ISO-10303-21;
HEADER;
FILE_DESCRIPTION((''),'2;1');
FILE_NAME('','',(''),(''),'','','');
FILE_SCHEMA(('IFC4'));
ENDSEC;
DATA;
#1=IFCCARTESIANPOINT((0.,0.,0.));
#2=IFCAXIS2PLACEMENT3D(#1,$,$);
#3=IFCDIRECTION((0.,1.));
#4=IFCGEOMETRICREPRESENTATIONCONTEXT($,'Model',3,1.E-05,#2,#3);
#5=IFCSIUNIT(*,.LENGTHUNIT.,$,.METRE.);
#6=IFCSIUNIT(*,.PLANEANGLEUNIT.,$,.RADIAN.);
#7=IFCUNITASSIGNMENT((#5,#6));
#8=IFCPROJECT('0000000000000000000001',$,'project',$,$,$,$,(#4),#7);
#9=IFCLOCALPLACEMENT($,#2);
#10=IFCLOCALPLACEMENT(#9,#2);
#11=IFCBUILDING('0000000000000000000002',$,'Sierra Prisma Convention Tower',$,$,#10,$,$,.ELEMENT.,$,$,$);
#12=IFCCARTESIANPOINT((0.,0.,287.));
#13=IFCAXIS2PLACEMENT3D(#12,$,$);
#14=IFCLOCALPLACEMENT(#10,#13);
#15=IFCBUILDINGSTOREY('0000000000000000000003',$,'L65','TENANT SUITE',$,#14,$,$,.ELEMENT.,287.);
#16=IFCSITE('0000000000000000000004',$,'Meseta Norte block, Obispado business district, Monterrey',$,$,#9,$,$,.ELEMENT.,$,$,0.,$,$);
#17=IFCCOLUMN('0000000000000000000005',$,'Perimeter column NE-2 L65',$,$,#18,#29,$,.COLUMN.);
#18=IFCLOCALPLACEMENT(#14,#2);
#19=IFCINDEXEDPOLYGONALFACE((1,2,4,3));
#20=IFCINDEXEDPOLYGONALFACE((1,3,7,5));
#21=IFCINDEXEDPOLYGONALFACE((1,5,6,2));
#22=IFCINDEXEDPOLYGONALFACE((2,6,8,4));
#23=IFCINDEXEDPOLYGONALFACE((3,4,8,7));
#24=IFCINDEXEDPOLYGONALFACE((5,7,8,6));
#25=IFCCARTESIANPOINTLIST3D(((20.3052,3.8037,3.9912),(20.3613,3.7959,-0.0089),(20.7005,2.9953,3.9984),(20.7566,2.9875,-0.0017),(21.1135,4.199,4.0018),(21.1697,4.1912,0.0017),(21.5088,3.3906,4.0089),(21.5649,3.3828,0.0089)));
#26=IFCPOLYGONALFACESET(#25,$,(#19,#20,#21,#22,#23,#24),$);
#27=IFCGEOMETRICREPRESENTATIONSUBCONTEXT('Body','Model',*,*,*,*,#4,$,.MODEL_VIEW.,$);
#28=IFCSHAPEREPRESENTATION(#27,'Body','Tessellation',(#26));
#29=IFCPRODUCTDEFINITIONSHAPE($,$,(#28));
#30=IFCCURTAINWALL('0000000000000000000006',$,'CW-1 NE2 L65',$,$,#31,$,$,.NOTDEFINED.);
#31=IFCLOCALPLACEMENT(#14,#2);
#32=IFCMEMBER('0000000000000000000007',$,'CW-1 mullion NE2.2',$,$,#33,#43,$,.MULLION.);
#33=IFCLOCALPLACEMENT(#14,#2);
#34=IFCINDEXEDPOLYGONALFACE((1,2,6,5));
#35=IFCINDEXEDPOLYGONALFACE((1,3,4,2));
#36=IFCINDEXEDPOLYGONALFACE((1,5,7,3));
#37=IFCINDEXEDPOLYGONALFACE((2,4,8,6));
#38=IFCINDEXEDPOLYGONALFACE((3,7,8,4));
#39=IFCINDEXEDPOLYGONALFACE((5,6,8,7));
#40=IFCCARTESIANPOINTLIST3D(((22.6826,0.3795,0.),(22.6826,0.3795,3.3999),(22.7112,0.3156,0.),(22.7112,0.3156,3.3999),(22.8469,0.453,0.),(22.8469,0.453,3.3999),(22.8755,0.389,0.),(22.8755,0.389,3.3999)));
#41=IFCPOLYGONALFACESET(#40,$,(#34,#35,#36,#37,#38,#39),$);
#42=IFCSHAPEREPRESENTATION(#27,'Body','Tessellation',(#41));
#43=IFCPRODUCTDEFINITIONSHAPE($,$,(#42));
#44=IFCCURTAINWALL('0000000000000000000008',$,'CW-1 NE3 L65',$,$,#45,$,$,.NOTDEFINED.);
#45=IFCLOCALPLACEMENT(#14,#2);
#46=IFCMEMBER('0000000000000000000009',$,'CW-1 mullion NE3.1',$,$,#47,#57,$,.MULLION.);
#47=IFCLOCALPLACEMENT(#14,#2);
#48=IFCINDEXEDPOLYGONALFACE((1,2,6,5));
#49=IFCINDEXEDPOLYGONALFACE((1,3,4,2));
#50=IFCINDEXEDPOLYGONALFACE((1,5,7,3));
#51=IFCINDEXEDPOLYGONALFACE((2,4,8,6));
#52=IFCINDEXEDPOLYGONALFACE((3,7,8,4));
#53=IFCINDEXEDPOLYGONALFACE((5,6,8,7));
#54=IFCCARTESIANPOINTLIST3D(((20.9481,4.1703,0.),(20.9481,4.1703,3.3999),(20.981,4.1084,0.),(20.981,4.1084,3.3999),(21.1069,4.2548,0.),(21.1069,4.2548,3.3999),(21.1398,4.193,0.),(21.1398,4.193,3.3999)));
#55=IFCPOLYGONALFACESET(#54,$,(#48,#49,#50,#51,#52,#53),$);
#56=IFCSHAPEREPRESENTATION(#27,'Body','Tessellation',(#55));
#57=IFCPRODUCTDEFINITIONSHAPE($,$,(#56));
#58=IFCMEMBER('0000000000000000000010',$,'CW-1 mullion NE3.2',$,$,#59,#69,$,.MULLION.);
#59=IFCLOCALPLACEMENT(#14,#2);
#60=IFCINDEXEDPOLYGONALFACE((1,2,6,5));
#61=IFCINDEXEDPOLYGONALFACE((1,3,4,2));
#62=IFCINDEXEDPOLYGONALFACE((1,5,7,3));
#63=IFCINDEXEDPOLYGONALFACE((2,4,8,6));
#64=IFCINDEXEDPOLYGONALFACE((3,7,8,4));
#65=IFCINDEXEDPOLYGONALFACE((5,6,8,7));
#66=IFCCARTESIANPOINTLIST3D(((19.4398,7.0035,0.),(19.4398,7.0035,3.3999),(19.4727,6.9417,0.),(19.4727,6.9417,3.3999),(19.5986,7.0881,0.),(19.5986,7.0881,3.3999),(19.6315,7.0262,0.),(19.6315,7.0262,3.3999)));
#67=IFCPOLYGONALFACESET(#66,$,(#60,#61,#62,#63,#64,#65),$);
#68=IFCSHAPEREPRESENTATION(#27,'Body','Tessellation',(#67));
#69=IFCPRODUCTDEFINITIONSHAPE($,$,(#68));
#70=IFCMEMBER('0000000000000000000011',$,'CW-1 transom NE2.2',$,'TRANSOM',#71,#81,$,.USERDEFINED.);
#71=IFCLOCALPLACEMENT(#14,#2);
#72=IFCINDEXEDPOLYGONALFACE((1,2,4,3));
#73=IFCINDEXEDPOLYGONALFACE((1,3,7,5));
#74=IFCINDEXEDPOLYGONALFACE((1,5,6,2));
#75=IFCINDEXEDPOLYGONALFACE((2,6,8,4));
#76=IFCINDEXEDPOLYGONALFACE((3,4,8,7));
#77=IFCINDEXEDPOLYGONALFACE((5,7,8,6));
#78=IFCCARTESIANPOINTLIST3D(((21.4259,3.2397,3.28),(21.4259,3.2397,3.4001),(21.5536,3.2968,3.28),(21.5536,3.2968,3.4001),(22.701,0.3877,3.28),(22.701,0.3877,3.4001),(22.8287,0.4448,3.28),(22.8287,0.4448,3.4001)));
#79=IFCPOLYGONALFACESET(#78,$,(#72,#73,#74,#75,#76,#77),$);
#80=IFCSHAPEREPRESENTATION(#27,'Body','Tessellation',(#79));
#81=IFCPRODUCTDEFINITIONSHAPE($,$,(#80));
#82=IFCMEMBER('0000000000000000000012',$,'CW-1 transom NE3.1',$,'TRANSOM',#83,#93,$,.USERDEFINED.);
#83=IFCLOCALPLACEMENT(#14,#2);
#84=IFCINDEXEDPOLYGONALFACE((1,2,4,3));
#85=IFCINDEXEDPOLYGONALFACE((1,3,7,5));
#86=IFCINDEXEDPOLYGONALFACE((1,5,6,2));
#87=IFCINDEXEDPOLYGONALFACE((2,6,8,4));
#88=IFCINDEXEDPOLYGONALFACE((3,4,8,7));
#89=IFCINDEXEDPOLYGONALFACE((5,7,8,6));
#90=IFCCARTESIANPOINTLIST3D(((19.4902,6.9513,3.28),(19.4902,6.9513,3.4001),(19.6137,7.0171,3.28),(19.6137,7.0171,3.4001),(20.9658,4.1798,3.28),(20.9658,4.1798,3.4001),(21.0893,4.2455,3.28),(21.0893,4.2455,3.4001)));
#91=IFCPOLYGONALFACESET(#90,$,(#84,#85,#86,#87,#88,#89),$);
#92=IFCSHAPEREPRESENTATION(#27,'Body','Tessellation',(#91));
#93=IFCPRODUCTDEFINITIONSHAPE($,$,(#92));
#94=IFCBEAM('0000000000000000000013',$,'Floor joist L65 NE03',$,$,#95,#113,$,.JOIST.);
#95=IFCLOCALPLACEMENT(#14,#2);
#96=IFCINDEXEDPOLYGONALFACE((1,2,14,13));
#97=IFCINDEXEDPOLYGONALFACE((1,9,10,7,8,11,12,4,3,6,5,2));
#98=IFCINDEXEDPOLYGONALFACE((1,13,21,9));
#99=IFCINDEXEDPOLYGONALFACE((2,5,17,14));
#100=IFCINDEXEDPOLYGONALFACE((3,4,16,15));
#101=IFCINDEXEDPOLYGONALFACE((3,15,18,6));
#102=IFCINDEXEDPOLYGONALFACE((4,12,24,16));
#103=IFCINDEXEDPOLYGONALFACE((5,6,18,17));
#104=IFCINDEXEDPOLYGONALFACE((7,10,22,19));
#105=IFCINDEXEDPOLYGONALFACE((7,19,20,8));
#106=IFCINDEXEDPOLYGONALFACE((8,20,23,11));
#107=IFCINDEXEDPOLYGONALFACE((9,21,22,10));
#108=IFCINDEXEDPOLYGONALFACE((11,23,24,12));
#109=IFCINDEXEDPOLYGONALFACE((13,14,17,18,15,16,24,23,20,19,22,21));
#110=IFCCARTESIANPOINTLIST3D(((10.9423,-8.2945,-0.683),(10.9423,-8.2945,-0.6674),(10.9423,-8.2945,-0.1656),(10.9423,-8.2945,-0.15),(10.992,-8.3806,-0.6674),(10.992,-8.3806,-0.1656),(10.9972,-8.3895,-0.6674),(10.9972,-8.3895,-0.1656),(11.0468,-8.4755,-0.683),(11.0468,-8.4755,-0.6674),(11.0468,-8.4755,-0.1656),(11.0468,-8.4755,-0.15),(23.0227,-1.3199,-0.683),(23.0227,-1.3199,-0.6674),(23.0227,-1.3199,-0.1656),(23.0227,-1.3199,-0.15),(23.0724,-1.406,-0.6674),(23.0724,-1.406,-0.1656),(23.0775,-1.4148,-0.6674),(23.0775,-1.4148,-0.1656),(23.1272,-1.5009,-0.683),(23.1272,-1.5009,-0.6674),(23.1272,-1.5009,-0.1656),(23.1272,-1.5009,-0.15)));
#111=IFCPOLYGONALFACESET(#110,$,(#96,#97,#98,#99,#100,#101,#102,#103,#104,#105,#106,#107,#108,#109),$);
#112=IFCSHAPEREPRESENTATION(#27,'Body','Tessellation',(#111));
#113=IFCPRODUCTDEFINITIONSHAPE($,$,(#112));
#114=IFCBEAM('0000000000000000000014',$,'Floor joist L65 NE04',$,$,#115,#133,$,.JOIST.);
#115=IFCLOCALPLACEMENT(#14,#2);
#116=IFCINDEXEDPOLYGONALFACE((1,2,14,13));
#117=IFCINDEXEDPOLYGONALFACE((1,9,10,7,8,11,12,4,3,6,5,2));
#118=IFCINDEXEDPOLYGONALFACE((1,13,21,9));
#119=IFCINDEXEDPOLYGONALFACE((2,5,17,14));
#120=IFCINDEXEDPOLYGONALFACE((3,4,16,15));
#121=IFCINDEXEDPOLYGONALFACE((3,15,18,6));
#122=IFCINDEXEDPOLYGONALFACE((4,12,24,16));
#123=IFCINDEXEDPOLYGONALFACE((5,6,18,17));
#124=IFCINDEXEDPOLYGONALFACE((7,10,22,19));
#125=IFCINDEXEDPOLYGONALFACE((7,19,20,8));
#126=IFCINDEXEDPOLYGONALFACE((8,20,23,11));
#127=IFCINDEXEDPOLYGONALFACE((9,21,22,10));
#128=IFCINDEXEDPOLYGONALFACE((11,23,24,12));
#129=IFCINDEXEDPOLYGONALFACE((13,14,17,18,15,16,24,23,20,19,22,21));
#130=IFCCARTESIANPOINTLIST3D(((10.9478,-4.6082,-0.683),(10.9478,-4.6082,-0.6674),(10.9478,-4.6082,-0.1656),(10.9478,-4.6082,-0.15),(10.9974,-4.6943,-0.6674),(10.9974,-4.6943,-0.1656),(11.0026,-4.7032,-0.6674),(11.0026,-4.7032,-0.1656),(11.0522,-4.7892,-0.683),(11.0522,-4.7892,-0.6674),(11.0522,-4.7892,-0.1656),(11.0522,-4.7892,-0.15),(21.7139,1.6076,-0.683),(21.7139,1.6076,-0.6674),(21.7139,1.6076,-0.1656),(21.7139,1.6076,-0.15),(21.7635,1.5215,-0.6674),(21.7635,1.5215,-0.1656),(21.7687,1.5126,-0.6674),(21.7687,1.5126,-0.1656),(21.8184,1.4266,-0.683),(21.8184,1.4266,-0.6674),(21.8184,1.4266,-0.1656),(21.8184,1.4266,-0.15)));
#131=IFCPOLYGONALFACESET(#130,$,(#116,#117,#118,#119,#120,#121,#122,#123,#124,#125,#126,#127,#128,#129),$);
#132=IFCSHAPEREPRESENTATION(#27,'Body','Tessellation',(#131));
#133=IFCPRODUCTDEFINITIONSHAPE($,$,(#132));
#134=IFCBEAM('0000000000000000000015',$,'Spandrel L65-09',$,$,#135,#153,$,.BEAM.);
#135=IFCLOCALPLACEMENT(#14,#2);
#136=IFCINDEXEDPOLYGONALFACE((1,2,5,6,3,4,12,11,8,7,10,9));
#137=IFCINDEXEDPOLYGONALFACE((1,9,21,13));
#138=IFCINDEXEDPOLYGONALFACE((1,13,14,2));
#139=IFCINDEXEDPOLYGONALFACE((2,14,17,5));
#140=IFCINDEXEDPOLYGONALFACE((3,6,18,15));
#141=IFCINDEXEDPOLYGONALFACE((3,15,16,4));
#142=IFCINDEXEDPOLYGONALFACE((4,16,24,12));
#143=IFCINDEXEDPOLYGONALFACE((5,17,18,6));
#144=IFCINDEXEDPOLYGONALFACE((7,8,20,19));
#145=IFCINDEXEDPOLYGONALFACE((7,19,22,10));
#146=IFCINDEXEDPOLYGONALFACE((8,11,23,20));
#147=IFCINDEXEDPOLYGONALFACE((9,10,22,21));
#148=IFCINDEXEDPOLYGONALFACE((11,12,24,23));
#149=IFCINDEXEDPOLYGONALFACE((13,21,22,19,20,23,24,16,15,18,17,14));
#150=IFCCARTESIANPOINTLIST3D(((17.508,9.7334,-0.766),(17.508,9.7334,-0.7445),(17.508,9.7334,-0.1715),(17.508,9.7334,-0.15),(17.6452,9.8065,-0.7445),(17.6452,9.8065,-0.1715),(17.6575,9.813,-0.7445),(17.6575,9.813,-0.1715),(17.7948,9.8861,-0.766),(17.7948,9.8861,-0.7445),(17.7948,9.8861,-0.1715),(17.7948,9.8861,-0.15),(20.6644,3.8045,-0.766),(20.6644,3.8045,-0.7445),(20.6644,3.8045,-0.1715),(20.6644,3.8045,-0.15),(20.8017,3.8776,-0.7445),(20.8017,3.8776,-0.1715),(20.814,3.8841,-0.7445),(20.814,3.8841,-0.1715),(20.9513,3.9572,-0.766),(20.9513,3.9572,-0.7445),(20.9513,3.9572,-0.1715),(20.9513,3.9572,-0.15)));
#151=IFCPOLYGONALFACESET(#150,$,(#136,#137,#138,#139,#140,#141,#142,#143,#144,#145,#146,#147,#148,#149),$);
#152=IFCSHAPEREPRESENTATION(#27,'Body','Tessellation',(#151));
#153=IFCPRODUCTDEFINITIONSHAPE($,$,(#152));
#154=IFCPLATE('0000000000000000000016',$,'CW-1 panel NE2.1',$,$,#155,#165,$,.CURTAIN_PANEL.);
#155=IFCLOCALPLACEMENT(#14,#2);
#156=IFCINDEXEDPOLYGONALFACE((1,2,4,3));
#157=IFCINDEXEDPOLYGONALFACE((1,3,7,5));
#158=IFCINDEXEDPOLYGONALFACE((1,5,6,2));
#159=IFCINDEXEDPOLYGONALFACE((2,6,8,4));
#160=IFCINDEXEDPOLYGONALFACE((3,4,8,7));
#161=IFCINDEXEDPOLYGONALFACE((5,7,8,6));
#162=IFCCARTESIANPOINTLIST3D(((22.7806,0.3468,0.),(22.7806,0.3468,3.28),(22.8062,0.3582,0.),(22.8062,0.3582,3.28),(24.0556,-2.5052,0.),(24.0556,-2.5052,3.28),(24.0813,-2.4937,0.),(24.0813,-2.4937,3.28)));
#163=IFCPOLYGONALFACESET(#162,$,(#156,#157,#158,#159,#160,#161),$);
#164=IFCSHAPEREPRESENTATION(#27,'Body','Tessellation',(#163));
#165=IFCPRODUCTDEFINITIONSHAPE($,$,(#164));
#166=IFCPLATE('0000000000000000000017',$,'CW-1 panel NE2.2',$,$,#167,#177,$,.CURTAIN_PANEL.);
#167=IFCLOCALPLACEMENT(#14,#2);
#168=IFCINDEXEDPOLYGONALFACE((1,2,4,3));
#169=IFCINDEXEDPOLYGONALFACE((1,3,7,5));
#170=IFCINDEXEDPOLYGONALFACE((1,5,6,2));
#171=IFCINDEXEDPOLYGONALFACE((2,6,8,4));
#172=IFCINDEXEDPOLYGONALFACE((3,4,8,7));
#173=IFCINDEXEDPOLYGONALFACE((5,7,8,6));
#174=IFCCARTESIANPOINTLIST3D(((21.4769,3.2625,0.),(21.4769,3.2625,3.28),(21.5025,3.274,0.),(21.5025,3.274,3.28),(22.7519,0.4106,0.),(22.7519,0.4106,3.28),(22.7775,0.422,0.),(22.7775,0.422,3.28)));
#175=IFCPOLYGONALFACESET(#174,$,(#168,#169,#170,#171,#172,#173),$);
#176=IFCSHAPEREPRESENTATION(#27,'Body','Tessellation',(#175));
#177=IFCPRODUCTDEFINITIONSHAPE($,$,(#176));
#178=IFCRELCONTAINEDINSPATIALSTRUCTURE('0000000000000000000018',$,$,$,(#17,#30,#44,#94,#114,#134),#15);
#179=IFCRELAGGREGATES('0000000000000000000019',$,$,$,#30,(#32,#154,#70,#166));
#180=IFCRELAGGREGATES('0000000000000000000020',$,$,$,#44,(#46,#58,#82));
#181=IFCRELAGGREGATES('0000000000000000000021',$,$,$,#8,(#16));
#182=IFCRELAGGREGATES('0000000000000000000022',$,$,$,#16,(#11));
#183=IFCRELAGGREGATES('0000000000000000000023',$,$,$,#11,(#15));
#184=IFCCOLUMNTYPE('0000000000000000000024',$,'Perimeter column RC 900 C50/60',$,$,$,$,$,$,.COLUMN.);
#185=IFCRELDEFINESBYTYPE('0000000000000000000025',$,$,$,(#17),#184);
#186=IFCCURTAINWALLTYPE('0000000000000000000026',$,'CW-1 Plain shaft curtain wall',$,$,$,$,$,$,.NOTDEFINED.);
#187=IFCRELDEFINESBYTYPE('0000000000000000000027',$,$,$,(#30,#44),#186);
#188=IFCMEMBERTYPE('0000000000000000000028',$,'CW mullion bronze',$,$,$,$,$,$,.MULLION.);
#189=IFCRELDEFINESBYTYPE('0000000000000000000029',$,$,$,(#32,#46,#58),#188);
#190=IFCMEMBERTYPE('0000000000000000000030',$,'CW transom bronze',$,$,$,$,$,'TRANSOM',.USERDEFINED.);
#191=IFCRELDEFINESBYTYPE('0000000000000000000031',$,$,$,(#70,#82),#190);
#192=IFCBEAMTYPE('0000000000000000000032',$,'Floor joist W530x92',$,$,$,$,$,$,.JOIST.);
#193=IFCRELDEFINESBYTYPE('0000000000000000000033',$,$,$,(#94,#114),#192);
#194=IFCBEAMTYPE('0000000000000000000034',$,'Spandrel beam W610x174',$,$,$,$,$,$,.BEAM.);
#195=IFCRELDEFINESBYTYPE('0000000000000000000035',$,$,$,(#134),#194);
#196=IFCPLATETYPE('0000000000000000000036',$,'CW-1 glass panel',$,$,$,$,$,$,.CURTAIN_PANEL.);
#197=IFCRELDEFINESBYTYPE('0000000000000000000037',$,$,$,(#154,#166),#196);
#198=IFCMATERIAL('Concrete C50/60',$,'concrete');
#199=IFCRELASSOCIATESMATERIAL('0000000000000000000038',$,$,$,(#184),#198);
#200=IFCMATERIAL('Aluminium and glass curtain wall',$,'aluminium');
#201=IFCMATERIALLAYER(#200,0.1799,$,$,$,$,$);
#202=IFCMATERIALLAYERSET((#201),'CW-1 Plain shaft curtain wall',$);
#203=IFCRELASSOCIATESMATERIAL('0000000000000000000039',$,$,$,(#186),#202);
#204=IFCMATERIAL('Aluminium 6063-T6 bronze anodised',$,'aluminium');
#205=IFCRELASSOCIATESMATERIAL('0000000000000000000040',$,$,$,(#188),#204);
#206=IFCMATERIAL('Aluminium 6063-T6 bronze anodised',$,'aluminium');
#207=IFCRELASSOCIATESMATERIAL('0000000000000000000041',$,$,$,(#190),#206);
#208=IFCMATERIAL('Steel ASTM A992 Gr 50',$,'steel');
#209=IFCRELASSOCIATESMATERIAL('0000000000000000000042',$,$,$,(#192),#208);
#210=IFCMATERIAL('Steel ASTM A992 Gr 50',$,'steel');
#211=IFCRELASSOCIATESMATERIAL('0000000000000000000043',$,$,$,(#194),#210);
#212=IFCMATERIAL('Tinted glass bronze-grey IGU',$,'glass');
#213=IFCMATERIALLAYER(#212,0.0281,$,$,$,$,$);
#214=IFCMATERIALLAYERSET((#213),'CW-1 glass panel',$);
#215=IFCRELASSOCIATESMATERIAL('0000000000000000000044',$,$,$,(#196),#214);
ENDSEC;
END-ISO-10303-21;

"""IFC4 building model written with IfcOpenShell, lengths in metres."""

from ifc_helpers import new_model, si_unit, direction, frame, origin, origin_2d, place, context, subcontext, project, spatial, rectangle, i_section, extrude, material, layer, layer_set, material_profile, profile_set, type_object, element, aggregate, save


model = new_model("IFC4")

# Units and contexts
model_context = context("Model", 3, precision=1e-05, world=origin(), true_north=direction((0.0, 1.0)))
body_context = subcontext(model_context, "Body", "Model", "MODEL_VIEW")
ifc_project = project(units=[si_unit("LENGTHUNIT", "METRE"), si_unit("PLANEANGLEUNIT", "RADIAN")], contexts=[model_context])

# Site, building, storey
site_placement = place(None, origin())
site = spatial("IfcSite", under=ifc_project, at=site_placement, Name="Meseta Norte block, Obispado business district, Monterrey", CompositionType="ELEMENT", RefElevation=0.0)
building_placement = place(site_placement, origin())
building = spatial("IfcBuilding", under=site, at=building_placement, Name="Sierra Prisma Convention Tower", CompositionType="ELEMENT")
storey_placement = place(building_placement, frame((0.0, 0.0, 287.0)))
storey = spatial("IfcBuildingStorey", under=building, at=storey_placement, Name="L65", Description="TENANT SUITE", CompositionType="ELEMENT", Elevation=287.0)

# Column
ifc_material_1 = material(Name="Concrete C50/60", Category="concrete")
ifc_material_profile_1 = material_profile(ifc_material_1, rectangle(XDim=0.8999, YDim=0.8999, at=origin_2d()), Name="Perimeter column RC 900 C50/60")
ifc_profile_set_1 = profile_set([ifc_material_profile_1], Name="Concrete C50/60")
column_type = type_object("IfcColumnType", Name="Perimeter column RC 900 C50/60", PredefinedType="COLUMN", material=ifc_profile_set_1)
column_placement = place(storey_placement, frame((20.9631, 3.5894, 0.0), z_axis=(-0.014037, 0.001953, 0.9999), x_axis=(-0.439252, 0.898329, -0.007921)))
element("IfcColumn", 1, at=column_placement, inside=storey, type_object=column_type, Name="Perimeter column NE-2 L65", PredefinedType="COLUMN", context=body_context, shape_type="SweptSolid", body=[
    extrude(rectangle(XDim=0.8999, YDim=0.8999, at=origin_2d()), origin(), (0.0, 0.0, 1.0), 4.0005),
])

# Curtain wall, member
ifc_material_2 = material(Name="Aluminium and glass curtain wall", Category="aluminium")
ifc_layer_1 = layer(ifc_material_2, 0.1799)
ifc_layer_set_1 = layer_set([ifc_layer_1], Name="CW-1 Plain shaft curtain wall")
curtain_wall_type = type_object("IfcCurtainWallType", Name="CW-1 Plain shaft curtain wall", PredefinedType="NOTDEFINED", material=ifc_layer_set_1)
curtain_wall_1_placement = place(storey_placement, origin())
curtain_wall_1 = element("IfcCurtainWall", 2, at=curtain_wall_1_placement, inside=storey, type_object=curtain_wall_type, Name="CW-1 NE2 L65", PredefinedType="NOTDEFINED")
ifc_material_3 = material(Name="Aluminium 6063-T6 bronze anodised", Category="aluminium")
ifc_material_profile_2 = material_profile(ifc_material_3, rectangle(XDim=0.1799, YDim=0.0701, at=origin_2d()), Name="ALU MULLION 70x180")
ifc_profile_set_2 = profile_set([ifc_material_profile_2], Name="Aluminium 6063-T6 bronze anodised")
member_type_1 = type_object("IfcMemberType", Name="CW mullion bronze", PredefinedType="MULLION", material=ifc_profile_set_2)
member_1_placement = place(storey_placement, frame((22.7791, 0.3843, 0.0), z_axis=(0.0, 0.0, 1.0), x_axis=(-0.912917, -0.408145, 0.0)))
member_1 = element("IfcMember", 3, at=member_1_placement, type_object=member_type_1, Name="CW-1 mullion NE2.2", PredefinedType="MULLION", context=body_context, shape_type="SweptSolid", body=[
    extrude(rectangle(XDim=0.1799, YDim=0.0701, at=origin_2d()), origin(), (0.0, 0.0, 1.0), 3.3999),
])

# Curtain wall, members
curtain_wall_2_placement = place(storey_placement, origin())
curtain_wall_2 = element("IfcCurtainWall", 4, at=curtain_wall_2_placement, inside=storey, type_object=curtain_wall_type, Name="CW-1 NE3 L65", PredefinedType="NOTDEFINED")
member_2_placement = place(storey_placement, frame((21.0439, 4.1816, 0.0), z_axis=(0.0, 0.0, 1.0), x_axis=(-0.882706, -0.469925, 0.0)))
member_2 = element("IfcMember", 5, at=member_2_placement, type_object=member_type_1, Name="CW-1 mullion NE3.1", PredefinedType="MULLION", context=body_context, shape_type="SweptSolid", body=[
    extrude(rectangle(XDim=0.1799, YDim=0.0701, at=origin_2d()), origin(), (0.0, 0.0, 1.0), 3.3999),
])
member_3_placement = place(storey_placement, frame((19.5356, 7.0149, 0.0), z_axis=(0.0, 0.0, 1.0), x_axis=(-0.882706, -0.469925, 0.0)))
member_3 = element("IfcMember", 6, at=member_3_placement, type_object=member_type_1, Name="CW-1 mullion NE3.2", PredefinedType="MULLION", context=body_context, shape_type="SweptSolid", body=[
    extrude(rectangle(XDim=0.1799, YDim=0.0701, at=origin_2d()), origin(), (0.0, 0.0, 1.0), 3.3999),
])

# Members
ifc_material_4 = material(Name="Aluminium 6063-T6 bronze anodised", Category="aluminium")
ifc_material_profile_3 = material_profile(ifc_material_4, rectangle(XDim=0.1399, YDim=0.1201, at=origin_2d()), Name="ALU TRANSOM 120x140")
ifc_profile_set_3 = profile_set([ifc_material_profile_3], Name="Aluminium 6063-T6 bronze anodised")
member_type_2 = type_object("IfcMemberType", Name="CW transom bronze", ElementType="TRANSOM", PredefinedType="USERDEFINED", material=ifc_profile_set_3)
member_4_placement = place(storey_placement, frame((22.7649, 0.4163, 3.3401), z_axis=(-0.40816, 0.91291, 0.0), x_axis=(-0.91291, -0.40816, 0.0)))
member_4 = element("IfcMember", 7, at=member_4_placement, type_object=member_type_2, Name="CW-1 transom NE2.2", ObjectType="TRANSOM", PredefinedType="USERDEFINED", context=body_context, shape_type="SweptSolid", body=[
    extrude(rectangle(XDim=0.1399, YDim=0.1201, at=origin_2d()), origin(), (0.0, 0.0, 1.0), 3.124),
])
member_5_placement = place(storey_placement, frame((21.0276, 4.2126, 3.3401), z_axis=(-0.469959, 0.882688, 0.0), x_axis=(-0.882688, -0.469959, 0.0)))
member_5 = element("IfcMember", 8, at=member_5_placement, type_object=member_type_2, Name="CW-1 transom NE3.1", ObjectType="TRANSOM", PredefinedType="USERDEFINED", context=body_context, shape_type="SweptSolid", body=[
    extrude(rectangle(XDim=0.1399, YDim=0.1201, at=origin_2d()), origin(), (0.0, 0.0, 1.0), 3.1399),
])

# Beams
ifc_material_5 = material(Name="Steel ASTM A992 Gr 50", Category="steel")
ifc_material_profile_4 = material_profile(ifc_material_5, i_section(OverallWidth=0.209, OverallDepth=0.533, WebThickness=0.0103, FlangeThickness=0.0156, at=origin_2d()), Name="W530x92")
ifc_profile_set_4 = profile_set([ifc_material_profile_4], Name="Steel ASTM A992 Gr 50")
beam_type_1 = type_object("IfcBeamType", Name="Floor joist W530x92", PredefinedType="JOIST", material=ifc_profile_set_4)
beam_1_placement = place(storey_placement, frame((23.075, -1.4104, -0.4165), z_axis=(-0.866024, -0.500002, 0.0), x_axis=(0.500002, -0.866024, 0.0)))
element("IfcBeam", 9, at=beam_1_placement, inside=storey, type_object=beam_type_1, Name="Floor joist L65 NE03", PredefinedType="JOIST", context=body_context, shape_type="SweptSolid", body=[
    extrude(i_section(OverallWidth=0.209, OverallDepth=0.533, WebThickness=0.0103, FlangeThickness=0.0156, at=origin_2d()), origin(), (0.0, 0.0, 1.0), 13.9492),
])
beam_2_placement = place(storey_placement, frame((21.7661, 1.5171, -0.4165), z_axis=(-0.866025, -0.5, 0.0), x_axis=(0.5, -0.866025, 0.0)))
element("IfcBeam", 10, at=beam_2_placement, inside=storey, type_object=beam_type_1, Name="Floor joist L65 NE04", PredefinedType="JOIST", context=body_context, shape_type="SweptSolid", body=[
    extrude(i_section(OverallWidth=0.209, OverallDepth=0.533, WebThickness=0.0103, FlangeThickness=0.0156, at=origin_2d()), origin(), (0.0, 0.0, 1.0), 12.4316),
])
ifc_material_6 = material(Name="Steel ASTM A992 Gr 50", Category="steel")
ifc_material_profile_5 = material_profile(ifc_material_6, i_section(OverallWidth=0.325, OverallDepth=0.616, WebThickness=0.0139, FlangeThickness=0.0215, at=origin_2d()), Name="W610x174")
ifc_profile_set_5 = profile_set([ifc_material_profile_5], Name="Steel ASTM A992 Gr 50")
beam_type_2 = type_object("IfcBeamType", Name="Spandrel beam W610x174", PredefinedType="BEAM", material=ifc_profile_set_5)
beam_3_placement = place(storey_placement, frame((20.8079, 3.8809, -0.458), z_axis=(-0.469937, 0.8827, 0.0), x_axis=(-0.8827, -0.469937, 0.0)))
element("IfcBeam", 11, at=beam_3_placement, inside=storey, type_object=beam_type_2, Name="Spandrel L65-09", PredefinedType="BEAM", context=body_context, shape_type="SweptSolid", body=[
    extrude(i_section(OverallWidth=0.325, OverallDepth=0.616, WebThickness=0.0139, FlangeThickness=0.0215, at=origin_2d()), origin(), (0.0, 0.0, 1.0), 6.7168),
])

# Plates
ifc_material_7 = material(Name="Tinted glass bronze-grey IGU", Category="glass")
ifc_layer_2 = layer(ifc_material_7, 0.0281)
ifc_layer_set_2 = layer_set([ifc_layer_2], Name="CW-1 glass panel")
plate_type = type_object("IfcPlateType", Name="CW-1 glass panel", PredefinedType="CURTAIN_PANEL", material=ifc_layer_set_2)
plate_1_placement = place(storey_placement, frame((23.4309, -1.0735, 0.0), z_axis=(0.0, 0.0, 1.0), x_axis=(-0.408145, 0.912917, 0.0)))
plate_1 = element("IfcPlate", 12, at=plate_1_placement, type_object=plate_type, Name="CW-1 panel NE2.1", PredefinedType="CURTAIN_PANEL", context=body_context, shape_type="SweptSolid", body=[
    extrude(rectangle(XDim=3.124, YDim=0.0281, at=origin_2d()), origin(), (0.0, 0.0, 1.0), 3.28),
])
plate_2_placement = place(storey_placement, frame((22.1272, 1.8423, 0.0), z_axis=(0.0, 0.0, 1.0), x_axis=(-0.408145, 0.912917, 0.0)))
plate_2 = element("IfcPlate", 13, at=plate_2_placement, type_object=plate_type, Name="CW-1 panel NE2.2", PredefinedType="CURTAIN_PANEL", context=body_context, shape_type="SweptSolid", body=[
    extrude(rectangle(XDim=3.124, YDim=0.0281, at=origin_2d()), origin(), (0.0, 0.0, 1.0), 3.28),
])
aggregate(curtain_wall_1, [member_1, plate_1, member_4, plate_2])
aggregate(curtain_wall_2, [member_2, member_3, member_5])

save(model, "model.ifc")
